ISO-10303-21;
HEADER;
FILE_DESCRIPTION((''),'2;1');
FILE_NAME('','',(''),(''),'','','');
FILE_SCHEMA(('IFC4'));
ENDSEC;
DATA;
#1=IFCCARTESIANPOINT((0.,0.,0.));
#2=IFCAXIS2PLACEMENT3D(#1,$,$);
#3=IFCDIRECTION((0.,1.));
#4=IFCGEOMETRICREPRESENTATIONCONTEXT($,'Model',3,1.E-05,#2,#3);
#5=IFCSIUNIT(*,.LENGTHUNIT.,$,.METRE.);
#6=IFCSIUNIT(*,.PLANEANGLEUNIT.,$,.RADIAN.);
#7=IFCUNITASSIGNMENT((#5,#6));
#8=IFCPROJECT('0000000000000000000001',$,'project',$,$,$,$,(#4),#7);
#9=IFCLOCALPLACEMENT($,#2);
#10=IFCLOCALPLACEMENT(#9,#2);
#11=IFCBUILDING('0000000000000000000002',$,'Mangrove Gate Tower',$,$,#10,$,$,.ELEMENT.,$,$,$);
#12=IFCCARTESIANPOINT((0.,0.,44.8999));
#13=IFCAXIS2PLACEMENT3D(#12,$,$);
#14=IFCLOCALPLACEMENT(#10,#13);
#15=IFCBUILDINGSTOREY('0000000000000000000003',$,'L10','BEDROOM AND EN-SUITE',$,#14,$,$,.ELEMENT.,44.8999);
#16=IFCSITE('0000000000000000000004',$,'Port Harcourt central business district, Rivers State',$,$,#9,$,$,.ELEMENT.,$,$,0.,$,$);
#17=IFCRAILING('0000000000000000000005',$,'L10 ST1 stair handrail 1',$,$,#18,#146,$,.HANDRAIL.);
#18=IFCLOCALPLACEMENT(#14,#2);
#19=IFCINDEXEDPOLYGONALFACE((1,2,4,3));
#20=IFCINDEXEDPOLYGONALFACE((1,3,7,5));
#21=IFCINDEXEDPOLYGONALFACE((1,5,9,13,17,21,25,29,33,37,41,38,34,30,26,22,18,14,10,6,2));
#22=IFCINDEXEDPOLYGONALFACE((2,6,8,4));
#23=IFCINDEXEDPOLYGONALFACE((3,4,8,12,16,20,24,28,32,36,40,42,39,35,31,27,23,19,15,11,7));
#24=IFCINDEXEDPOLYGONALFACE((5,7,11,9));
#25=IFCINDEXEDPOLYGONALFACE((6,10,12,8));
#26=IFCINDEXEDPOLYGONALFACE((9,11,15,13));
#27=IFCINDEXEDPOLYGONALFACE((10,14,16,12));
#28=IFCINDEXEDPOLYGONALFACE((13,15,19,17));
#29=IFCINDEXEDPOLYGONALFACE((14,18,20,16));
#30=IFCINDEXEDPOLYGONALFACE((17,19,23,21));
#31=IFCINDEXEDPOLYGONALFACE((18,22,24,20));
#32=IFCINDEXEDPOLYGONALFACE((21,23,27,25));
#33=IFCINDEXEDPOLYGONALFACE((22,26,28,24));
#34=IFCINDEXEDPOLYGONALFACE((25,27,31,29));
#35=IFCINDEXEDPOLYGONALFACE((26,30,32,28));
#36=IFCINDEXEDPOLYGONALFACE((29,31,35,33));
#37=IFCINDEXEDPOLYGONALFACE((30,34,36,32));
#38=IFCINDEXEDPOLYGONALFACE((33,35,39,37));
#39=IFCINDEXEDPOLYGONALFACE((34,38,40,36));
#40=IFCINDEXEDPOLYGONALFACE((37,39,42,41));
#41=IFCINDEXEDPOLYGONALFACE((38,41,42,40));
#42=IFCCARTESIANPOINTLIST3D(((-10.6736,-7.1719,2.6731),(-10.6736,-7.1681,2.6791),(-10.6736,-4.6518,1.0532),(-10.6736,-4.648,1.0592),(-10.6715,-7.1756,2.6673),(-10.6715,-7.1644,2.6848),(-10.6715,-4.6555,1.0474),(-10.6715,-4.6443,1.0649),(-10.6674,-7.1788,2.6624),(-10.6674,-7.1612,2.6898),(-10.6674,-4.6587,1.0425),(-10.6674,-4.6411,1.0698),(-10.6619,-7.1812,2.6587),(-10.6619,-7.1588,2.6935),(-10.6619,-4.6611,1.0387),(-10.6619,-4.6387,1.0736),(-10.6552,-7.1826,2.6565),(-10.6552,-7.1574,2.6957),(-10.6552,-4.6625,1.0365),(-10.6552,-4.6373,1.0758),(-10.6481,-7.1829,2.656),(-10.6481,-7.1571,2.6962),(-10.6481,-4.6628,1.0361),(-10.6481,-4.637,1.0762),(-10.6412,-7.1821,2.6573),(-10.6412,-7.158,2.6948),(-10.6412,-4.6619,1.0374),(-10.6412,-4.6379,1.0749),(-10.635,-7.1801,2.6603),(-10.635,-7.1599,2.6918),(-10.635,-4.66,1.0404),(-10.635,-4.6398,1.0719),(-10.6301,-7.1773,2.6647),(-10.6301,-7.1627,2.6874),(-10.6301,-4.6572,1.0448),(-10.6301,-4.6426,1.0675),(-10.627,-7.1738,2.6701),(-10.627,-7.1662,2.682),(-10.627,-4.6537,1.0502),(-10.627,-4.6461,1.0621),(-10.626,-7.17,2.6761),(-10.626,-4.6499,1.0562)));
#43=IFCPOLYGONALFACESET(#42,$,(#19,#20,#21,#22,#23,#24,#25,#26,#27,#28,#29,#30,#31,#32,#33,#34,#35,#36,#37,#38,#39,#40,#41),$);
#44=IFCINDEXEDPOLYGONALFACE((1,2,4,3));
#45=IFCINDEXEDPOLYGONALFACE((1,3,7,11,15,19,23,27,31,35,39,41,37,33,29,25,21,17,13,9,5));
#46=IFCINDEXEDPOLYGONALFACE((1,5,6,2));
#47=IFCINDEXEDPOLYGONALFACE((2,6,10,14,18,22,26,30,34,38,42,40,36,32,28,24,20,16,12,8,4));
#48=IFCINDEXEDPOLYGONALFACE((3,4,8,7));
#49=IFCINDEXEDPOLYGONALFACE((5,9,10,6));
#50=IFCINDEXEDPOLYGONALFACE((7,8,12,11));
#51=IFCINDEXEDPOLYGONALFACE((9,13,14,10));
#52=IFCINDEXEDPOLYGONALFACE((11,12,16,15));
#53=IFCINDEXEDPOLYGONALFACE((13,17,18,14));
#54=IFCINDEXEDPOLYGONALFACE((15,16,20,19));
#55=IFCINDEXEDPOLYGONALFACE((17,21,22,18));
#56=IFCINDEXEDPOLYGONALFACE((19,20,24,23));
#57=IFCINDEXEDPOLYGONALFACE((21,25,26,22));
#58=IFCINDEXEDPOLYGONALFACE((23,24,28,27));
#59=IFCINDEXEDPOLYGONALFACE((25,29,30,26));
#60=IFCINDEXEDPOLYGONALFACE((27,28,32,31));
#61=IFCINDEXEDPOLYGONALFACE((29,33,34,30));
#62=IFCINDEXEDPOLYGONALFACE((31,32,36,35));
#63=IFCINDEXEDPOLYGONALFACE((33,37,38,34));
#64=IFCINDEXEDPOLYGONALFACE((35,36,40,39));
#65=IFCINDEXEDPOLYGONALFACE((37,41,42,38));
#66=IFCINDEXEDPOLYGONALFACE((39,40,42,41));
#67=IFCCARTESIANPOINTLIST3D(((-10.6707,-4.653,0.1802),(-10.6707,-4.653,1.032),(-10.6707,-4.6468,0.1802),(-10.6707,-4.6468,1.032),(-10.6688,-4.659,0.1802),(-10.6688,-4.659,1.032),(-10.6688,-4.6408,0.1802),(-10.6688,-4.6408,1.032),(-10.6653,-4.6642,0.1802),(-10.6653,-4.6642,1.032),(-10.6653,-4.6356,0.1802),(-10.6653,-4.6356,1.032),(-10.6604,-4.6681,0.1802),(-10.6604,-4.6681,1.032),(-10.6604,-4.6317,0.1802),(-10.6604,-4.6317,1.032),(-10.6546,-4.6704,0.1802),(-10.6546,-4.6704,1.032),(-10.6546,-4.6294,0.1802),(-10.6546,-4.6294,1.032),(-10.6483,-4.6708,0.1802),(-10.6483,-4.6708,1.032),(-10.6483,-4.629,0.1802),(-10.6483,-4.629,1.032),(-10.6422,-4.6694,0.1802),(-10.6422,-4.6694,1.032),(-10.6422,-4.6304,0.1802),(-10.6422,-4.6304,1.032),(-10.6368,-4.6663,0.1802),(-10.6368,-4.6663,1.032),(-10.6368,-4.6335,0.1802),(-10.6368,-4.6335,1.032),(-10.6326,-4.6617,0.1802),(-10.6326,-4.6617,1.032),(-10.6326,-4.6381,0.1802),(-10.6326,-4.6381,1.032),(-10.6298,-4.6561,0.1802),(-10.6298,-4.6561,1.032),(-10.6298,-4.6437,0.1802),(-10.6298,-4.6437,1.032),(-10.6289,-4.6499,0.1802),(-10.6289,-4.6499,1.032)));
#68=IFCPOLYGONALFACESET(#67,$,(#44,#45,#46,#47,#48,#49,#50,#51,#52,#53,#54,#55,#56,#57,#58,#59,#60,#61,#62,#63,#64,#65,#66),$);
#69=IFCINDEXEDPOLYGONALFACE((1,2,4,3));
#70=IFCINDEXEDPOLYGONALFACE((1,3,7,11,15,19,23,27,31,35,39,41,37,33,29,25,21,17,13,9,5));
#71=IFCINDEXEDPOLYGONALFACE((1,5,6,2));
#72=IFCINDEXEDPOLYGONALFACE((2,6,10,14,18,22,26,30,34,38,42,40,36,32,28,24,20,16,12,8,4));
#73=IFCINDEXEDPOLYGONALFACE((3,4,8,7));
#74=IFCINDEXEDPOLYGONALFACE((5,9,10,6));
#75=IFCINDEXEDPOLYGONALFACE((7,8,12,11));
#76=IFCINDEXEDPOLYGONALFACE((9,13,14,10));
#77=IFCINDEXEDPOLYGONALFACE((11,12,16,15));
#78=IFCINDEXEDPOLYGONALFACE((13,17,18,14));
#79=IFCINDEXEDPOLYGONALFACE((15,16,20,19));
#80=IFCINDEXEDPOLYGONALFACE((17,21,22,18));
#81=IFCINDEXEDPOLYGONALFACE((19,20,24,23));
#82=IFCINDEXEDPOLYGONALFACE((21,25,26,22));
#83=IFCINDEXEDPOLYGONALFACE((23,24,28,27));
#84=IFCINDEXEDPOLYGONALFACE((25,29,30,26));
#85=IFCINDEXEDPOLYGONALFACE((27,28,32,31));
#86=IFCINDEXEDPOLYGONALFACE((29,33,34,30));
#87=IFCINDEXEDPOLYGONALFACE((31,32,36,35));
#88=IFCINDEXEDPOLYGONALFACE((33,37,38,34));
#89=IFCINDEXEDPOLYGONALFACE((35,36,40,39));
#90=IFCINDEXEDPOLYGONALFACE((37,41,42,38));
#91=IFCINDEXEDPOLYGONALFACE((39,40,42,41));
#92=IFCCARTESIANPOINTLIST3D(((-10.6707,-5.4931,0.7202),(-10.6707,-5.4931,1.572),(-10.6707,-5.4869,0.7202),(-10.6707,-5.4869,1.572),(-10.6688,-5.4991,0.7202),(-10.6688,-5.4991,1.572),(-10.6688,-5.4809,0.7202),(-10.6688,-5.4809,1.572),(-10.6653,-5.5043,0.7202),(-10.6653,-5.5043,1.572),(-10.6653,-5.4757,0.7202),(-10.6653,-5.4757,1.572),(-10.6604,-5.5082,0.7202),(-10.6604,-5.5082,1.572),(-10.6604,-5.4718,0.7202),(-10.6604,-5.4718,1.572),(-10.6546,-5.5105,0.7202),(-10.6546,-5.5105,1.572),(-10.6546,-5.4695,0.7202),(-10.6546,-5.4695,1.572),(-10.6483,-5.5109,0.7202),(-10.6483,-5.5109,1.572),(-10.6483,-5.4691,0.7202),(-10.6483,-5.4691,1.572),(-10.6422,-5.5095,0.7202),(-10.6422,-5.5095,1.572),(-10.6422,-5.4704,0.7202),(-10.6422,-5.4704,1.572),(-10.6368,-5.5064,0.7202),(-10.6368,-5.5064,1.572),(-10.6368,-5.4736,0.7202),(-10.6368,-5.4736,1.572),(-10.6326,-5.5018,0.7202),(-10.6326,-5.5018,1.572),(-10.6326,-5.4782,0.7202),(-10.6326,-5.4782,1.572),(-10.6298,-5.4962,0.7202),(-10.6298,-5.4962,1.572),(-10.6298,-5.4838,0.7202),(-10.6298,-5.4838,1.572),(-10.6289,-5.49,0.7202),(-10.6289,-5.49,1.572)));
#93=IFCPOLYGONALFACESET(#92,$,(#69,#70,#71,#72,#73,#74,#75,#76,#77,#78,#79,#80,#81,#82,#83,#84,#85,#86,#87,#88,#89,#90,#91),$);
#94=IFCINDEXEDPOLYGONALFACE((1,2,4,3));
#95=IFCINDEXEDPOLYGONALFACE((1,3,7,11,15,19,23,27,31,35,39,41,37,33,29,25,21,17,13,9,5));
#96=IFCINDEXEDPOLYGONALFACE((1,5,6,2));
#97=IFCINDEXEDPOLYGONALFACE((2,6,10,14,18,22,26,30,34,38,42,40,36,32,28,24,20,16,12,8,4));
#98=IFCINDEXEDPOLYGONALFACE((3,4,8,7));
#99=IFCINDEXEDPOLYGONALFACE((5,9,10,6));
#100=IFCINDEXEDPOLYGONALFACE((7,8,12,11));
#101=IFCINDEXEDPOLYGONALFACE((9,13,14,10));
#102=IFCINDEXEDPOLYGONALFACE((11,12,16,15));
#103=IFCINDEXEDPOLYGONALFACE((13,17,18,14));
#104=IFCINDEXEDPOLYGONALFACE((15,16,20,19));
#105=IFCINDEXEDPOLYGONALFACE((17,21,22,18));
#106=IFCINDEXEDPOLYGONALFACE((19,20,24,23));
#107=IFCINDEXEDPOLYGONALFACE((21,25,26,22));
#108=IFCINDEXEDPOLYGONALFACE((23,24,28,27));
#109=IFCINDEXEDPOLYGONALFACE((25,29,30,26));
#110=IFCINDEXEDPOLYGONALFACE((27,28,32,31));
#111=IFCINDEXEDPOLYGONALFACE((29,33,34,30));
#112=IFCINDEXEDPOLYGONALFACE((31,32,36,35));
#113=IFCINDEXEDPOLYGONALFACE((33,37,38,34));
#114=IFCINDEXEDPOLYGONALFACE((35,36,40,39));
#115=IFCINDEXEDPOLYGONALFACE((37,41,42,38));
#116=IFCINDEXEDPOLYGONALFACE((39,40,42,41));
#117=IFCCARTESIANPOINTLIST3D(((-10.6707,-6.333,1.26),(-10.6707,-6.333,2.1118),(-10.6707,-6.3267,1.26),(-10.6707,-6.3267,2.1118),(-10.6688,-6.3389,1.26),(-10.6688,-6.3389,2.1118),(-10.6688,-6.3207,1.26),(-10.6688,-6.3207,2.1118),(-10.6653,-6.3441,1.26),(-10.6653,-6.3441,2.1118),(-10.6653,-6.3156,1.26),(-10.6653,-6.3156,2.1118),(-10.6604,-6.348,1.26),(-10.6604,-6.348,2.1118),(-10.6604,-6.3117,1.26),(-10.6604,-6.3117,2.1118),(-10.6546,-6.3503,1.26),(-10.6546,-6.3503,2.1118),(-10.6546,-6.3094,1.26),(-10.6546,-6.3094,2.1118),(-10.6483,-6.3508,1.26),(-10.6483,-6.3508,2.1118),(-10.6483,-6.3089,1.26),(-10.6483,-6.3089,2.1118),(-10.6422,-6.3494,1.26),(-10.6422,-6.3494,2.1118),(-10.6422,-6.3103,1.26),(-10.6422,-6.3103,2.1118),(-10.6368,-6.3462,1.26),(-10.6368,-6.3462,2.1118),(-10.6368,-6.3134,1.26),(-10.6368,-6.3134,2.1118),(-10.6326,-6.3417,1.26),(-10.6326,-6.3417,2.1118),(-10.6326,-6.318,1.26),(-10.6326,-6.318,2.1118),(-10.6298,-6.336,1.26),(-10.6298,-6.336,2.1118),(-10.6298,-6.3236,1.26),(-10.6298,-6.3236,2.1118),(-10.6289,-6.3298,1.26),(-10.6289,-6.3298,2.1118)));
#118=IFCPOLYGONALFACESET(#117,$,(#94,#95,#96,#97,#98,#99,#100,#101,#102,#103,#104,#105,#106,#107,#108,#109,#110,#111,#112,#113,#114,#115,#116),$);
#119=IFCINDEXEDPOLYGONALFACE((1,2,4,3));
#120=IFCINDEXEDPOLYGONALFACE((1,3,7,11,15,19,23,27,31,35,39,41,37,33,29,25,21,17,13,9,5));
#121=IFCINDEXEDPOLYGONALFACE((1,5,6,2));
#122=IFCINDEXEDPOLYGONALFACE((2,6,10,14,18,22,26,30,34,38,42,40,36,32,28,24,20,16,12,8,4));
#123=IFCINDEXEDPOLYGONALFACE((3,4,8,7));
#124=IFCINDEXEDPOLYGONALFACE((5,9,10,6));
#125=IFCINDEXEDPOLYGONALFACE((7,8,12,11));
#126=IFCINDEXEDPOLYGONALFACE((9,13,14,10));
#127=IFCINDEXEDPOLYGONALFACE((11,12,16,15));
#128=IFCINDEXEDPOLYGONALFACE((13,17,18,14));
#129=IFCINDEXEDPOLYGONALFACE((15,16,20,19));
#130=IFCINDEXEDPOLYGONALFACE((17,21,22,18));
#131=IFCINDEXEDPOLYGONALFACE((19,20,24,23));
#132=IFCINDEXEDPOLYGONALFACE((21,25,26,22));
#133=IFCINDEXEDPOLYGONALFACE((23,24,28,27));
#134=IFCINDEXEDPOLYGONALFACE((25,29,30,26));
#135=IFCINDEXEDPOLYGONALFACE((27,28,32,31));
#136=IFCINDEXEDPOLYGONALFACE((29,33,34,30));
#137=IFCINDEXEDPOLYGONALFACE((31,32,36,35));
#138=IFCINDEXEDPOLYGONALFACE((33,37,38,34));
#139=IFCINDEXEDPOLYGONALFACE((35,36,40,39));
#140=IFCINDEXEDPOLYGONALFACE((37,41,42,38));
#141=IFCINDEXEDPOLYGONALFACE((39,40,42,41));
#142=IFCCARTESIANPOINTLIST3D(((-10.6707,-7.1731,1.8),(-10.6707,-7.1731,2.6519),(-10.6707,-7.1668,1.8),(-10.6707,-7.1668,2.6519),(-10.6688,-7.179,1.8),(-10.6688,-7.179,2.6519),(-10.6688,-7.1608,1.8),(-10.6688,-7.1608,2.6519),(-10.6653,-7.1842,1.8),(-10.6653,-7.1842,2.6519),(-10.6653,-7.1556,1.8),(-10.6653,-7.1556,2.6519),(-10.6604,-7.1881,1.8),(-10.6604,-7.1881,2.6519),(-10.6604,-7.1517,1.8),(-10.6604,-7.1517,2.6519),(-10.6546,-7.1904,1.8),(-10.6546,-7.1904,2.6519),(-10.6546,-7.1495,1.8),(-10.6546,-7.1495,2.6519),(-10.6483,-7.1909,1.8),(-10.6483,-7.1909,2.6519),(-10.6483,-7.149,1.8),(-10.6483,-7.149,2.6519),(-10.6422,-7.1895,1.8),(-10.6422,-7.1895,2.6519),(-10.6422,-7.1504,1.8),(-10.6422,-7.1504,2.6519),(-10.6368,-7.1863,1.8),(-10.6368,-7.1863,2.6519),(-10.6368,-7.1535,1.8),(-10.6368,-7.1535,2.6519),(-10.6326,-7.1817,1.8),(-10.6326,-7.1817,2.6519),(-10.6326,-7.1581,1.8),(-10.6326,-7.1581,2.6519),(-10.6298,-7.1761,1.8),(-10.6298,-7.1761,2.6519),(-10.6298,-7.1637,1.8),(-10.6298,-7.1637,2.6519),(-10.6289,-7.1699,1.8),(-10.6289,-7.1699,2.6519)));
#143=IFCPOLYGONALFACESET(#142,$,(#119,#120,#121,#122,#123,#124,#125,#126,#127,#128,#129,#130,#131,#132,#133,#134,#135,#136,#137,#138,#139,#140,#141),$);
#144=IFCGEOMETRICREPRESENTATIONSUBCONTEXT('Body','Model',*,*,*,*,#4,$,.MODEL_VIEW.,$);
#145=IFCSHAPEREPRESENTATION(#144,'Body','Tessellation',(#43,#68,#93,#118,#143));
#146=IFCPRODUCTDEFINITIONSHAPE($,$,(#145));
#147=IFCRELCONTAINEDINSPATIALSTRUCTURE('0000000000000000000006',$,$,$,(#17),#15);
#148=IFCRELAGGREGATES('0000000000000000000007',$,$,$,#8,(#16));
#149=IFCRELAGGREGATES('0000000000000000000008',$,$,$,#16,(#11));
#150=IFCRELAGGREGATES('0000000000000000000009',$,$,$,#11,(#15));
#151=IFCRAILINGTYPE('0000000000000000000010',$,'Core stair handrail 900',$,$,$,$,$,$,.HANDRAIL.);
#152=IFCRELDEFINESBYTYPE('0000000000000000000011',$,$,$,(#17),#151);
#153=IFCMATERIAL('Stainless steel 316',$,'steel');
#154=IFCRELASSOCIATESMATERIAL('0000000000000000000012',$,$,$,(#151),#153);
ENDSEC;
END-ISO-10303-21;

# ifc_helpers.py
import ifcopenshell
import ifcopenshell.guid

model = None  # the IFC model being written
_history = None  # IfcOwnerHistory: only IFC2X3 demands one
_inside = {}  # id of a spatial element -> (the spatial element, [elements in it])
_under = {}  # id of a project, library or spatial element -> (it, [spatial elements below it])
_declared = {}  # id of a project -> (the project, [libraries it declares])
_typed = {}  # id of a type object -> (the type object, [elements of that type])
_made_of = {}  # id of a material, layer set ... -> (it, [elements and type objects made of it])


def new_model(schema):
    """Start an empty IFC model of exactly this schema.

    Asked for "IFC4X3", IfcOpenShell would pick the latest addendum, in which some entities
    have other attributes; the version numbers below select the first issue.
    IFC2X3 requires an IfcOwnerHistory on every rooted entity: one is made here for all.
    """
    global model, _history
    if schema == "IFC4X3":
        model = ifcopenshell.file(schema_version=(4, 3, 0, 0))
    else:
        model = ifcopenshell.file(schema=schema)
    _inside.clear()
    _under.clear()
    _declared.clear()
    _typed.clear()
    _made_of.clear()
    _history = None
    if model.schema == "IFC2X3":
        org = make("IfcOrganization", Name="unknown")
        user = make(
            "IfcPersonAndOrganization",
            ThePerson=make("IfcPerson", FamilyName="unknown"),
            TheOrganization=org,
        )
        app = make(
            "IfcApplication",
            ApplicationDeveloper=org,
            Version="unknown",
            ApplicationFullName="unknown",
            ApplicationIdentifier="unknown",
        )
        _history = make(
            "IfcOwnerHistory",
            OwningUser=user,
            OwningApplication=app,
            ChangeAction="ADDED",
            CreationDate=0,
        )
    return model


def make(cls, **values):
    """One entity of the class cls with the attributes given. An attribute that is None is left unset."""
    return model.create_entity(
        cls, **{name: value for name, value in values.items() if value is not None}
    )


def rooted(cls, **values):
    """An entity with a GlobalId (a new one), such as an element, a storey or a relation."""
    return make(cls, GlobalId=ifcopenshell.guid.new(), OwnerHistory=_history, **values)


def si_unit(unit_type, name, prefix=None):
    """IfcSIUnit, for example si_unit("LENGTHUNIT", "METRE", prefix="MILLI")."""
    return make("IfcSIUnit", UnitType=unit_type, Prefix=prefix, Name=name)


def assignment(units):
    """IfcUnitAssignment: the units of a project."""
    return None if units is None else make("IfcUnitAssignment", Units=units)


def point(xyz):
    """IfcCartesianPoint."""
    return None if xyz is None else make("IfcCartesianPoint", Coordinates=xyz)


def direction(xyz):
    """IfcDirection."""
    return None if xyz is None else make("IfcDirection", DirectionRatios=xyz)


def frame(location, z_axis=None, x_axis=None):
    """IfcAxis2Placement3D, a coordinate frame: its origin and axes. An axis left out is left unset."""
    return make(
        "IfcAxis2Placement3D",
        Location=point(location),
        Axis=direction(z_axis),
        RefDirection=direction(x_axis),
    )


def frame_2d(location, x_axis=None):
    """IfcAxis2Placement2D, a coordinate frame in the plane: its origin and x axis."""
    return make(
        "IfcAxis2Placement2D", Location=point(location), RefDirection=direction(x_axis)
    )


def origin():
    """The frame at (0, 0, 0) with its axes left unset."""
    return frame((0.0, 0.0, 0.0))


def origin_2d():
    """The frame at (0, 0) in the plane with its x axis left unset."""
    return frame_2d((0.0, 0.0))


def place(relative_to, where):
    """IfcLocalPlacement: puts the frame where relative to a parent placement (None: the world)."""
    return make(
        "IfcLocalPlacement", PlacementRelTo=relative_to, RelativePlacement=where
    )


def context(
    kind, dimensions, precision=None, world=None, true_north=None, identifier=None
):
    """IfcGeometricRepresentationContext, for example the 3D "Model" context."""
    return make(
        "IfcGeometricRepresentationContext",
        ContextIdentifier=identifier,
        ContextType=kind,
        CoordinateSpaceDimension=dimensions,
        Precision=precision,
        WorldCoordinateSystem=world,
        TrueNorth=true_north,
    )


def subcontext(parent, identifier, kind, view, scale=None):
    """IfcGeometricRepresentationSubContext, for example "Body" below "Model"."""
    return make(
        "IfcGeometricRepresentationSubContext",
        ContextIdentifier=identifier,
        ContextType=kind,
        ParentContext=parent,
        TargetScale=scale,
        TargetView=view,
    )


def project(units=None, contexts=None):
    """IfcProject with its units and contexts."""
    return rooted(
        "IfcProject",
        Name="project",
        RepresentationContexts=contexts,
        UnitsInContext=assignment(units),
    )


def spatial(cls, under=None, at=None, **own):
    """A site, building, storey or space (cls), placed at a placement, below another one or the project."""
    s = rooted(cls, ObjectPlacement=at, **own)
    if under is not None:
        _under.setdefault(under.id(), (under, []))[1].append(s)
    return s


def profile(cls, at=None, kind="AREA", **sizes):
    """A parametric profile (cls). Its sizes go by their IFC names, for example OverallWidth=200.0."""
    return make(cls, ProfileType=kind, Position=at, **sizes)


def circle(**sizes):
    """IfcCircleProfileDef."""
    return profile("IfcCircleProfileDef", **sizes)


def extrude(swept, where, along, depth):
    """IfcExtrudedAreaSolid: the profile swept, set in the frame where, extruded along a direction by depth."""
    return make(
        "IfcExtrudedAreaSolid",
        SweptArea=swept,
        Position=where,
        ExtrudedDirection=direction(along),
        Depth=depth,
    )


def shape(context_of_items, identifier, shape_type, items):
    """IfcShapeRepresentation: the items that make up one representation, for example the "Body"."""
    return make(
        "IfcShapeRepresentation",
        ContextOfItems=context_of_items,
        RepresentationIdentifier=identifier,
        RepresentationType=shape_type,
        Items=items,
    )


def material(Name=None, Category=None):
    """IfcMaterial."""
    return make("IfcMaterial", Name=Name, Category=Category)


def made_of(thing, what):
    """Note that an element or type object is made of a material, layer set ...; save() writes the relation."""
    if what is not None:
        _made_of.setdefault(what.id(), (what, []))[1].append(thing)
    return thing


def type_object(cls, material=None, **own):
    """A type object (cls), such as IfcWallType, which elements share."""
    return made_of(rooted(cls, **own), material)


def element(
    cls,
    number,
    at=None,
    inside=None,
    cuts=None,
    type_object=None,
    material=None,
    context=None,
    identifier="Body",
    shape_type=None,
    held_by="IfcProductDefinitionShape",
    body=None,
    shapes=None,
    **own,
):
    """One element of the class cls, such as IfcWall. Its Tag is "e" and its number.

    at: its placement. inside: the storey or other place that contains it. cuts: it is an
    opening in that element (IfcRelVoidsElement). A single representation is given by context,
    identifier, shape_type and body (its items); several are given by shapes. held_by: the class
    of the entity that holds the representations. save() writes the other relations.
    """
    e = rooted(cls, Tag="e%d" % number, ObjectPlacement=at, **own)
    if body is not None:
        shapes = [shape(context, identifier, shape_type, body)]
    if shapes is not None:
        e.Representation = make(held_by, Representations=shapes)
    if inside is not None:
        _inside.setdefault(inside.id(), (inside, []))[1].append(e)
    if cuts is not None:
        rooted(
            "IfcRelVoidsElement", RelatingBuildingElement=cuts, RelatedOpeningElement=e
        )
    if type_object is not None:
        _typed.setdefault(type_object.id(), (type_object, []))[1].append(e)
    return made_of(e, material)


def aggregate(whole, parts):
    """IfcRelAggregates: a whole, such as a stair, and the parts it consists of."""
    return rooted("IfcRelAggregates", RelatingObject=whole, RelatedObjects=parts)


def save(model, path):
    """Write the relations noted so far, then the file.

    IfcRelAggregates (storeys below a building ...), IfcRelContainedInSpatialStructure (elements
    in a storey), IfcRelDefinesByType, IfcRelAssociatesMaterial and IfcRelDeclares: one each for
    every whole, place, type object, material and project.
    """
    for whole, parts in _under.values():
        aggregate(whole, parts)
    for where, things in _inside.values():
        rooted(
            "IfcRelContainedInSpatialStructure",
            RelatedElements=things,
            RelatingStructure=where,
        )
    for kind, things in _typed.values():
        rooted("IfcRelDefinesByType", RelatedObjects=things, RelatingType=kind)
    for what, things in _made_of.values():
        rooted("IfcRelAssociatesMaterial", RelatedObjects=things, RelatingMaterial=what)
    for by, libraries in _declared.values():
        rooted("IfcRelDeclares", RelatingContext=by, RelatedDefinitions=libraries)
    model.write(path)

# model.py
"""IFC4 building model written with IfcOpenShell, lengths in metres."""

from ifc_helpers import new_model, si_unit, direction, frame, origin, origin_2d, place, context, subcontext, project, spatial, circle, extrude, material, type_object, element, save


model = new_model("IFC4")

# Units and contexts
model_context = context("Model", 3, precision=1e-05, world=origin(), true_north=direction((0.0, 1.0)))
body_context = subcontext(model_context, "Body", "Model", "MODEL_VIEW")
ifc_project = project(units=[si_unit("LENGTHUNIT", "METRE"), si_unit("PLANEANGLEUNIT", "RADIAN")], contexts=[model_context])

# Site, building, storey
site_placement = place(None, origin())
site = spatial("IfcSite", under=ifc_project, at=site_placement, Name="Port Harcourt central business district, Rivers State", CompositionType="ELEMENT", RefElevation=0.0)
building_placement = place(site_placement, origin())
building = spatial("IfcBuilding", under=site, at=building_placement, Name="Mangrove Gate Tower", CompositionType="ELEMENT")
storey_placement = place(building_placement, frame((0.0, 0.0, 44.8999)))
storey = spatial("IfcBuildingStorey", under=building, at=storey_placement, Name="L10", Description="BEDROOM AND EN-SUITE", CompositionType="ELEMENT", Elevation=44.8999)

# Railing
ifc_material_1 = material(Name="Stainless steel 316", Category="steel")
railing_type_1 = type_object("IfcRailingType", Name="Core stair handrail 900", PredefinedType="HANDRAIL", material=ifc_material_1)
railing_1_placement = place(storey_placement, frame((-10.6499, -4.6499, 0.1802)))
element("IfcRailing", 1, at=railing_1_placement, inside=storey, type_object=railing_type_1, Name="L10 ST1 stair handrail 1", PredefinedType="HANDRAIL", context=body_context, shape_type="SweptSolid", body=[
    extrude(circle(Radius=0.0239, at=origin_2d()), frame((0.0, 0.0, 0.876), z_axis=(0.0, -0.8412, 0.540725), x_axis=(1.0, 0.0, 0.0)), (0.0, 0.0, 1.0), 2.9958),
    extrude(circle(Radius=0.021, at=origin_2d()), origin(), (0.0, 0.0, 1.0), 0.8518),
    extrude(circle(Radius=0.021, at=origin_2d()), frame((0.0, -0.8401, 0.54)), (0.0, 0.0, 1.0), 0.8518),
    extrude(circle(Radius=0.021, at=origin_2d()), frame((0.0, -1.6799, 1.0798)), (0.0, 0.0, 1.0), 0.8518),
    extrude(circle(Radius=0.021, at=origin_2d()), frame((0.0, -2.52, 1.6199)), (0.0, 0.0, 1.0), 0.8518),
])

save(model, "model.ifc")
